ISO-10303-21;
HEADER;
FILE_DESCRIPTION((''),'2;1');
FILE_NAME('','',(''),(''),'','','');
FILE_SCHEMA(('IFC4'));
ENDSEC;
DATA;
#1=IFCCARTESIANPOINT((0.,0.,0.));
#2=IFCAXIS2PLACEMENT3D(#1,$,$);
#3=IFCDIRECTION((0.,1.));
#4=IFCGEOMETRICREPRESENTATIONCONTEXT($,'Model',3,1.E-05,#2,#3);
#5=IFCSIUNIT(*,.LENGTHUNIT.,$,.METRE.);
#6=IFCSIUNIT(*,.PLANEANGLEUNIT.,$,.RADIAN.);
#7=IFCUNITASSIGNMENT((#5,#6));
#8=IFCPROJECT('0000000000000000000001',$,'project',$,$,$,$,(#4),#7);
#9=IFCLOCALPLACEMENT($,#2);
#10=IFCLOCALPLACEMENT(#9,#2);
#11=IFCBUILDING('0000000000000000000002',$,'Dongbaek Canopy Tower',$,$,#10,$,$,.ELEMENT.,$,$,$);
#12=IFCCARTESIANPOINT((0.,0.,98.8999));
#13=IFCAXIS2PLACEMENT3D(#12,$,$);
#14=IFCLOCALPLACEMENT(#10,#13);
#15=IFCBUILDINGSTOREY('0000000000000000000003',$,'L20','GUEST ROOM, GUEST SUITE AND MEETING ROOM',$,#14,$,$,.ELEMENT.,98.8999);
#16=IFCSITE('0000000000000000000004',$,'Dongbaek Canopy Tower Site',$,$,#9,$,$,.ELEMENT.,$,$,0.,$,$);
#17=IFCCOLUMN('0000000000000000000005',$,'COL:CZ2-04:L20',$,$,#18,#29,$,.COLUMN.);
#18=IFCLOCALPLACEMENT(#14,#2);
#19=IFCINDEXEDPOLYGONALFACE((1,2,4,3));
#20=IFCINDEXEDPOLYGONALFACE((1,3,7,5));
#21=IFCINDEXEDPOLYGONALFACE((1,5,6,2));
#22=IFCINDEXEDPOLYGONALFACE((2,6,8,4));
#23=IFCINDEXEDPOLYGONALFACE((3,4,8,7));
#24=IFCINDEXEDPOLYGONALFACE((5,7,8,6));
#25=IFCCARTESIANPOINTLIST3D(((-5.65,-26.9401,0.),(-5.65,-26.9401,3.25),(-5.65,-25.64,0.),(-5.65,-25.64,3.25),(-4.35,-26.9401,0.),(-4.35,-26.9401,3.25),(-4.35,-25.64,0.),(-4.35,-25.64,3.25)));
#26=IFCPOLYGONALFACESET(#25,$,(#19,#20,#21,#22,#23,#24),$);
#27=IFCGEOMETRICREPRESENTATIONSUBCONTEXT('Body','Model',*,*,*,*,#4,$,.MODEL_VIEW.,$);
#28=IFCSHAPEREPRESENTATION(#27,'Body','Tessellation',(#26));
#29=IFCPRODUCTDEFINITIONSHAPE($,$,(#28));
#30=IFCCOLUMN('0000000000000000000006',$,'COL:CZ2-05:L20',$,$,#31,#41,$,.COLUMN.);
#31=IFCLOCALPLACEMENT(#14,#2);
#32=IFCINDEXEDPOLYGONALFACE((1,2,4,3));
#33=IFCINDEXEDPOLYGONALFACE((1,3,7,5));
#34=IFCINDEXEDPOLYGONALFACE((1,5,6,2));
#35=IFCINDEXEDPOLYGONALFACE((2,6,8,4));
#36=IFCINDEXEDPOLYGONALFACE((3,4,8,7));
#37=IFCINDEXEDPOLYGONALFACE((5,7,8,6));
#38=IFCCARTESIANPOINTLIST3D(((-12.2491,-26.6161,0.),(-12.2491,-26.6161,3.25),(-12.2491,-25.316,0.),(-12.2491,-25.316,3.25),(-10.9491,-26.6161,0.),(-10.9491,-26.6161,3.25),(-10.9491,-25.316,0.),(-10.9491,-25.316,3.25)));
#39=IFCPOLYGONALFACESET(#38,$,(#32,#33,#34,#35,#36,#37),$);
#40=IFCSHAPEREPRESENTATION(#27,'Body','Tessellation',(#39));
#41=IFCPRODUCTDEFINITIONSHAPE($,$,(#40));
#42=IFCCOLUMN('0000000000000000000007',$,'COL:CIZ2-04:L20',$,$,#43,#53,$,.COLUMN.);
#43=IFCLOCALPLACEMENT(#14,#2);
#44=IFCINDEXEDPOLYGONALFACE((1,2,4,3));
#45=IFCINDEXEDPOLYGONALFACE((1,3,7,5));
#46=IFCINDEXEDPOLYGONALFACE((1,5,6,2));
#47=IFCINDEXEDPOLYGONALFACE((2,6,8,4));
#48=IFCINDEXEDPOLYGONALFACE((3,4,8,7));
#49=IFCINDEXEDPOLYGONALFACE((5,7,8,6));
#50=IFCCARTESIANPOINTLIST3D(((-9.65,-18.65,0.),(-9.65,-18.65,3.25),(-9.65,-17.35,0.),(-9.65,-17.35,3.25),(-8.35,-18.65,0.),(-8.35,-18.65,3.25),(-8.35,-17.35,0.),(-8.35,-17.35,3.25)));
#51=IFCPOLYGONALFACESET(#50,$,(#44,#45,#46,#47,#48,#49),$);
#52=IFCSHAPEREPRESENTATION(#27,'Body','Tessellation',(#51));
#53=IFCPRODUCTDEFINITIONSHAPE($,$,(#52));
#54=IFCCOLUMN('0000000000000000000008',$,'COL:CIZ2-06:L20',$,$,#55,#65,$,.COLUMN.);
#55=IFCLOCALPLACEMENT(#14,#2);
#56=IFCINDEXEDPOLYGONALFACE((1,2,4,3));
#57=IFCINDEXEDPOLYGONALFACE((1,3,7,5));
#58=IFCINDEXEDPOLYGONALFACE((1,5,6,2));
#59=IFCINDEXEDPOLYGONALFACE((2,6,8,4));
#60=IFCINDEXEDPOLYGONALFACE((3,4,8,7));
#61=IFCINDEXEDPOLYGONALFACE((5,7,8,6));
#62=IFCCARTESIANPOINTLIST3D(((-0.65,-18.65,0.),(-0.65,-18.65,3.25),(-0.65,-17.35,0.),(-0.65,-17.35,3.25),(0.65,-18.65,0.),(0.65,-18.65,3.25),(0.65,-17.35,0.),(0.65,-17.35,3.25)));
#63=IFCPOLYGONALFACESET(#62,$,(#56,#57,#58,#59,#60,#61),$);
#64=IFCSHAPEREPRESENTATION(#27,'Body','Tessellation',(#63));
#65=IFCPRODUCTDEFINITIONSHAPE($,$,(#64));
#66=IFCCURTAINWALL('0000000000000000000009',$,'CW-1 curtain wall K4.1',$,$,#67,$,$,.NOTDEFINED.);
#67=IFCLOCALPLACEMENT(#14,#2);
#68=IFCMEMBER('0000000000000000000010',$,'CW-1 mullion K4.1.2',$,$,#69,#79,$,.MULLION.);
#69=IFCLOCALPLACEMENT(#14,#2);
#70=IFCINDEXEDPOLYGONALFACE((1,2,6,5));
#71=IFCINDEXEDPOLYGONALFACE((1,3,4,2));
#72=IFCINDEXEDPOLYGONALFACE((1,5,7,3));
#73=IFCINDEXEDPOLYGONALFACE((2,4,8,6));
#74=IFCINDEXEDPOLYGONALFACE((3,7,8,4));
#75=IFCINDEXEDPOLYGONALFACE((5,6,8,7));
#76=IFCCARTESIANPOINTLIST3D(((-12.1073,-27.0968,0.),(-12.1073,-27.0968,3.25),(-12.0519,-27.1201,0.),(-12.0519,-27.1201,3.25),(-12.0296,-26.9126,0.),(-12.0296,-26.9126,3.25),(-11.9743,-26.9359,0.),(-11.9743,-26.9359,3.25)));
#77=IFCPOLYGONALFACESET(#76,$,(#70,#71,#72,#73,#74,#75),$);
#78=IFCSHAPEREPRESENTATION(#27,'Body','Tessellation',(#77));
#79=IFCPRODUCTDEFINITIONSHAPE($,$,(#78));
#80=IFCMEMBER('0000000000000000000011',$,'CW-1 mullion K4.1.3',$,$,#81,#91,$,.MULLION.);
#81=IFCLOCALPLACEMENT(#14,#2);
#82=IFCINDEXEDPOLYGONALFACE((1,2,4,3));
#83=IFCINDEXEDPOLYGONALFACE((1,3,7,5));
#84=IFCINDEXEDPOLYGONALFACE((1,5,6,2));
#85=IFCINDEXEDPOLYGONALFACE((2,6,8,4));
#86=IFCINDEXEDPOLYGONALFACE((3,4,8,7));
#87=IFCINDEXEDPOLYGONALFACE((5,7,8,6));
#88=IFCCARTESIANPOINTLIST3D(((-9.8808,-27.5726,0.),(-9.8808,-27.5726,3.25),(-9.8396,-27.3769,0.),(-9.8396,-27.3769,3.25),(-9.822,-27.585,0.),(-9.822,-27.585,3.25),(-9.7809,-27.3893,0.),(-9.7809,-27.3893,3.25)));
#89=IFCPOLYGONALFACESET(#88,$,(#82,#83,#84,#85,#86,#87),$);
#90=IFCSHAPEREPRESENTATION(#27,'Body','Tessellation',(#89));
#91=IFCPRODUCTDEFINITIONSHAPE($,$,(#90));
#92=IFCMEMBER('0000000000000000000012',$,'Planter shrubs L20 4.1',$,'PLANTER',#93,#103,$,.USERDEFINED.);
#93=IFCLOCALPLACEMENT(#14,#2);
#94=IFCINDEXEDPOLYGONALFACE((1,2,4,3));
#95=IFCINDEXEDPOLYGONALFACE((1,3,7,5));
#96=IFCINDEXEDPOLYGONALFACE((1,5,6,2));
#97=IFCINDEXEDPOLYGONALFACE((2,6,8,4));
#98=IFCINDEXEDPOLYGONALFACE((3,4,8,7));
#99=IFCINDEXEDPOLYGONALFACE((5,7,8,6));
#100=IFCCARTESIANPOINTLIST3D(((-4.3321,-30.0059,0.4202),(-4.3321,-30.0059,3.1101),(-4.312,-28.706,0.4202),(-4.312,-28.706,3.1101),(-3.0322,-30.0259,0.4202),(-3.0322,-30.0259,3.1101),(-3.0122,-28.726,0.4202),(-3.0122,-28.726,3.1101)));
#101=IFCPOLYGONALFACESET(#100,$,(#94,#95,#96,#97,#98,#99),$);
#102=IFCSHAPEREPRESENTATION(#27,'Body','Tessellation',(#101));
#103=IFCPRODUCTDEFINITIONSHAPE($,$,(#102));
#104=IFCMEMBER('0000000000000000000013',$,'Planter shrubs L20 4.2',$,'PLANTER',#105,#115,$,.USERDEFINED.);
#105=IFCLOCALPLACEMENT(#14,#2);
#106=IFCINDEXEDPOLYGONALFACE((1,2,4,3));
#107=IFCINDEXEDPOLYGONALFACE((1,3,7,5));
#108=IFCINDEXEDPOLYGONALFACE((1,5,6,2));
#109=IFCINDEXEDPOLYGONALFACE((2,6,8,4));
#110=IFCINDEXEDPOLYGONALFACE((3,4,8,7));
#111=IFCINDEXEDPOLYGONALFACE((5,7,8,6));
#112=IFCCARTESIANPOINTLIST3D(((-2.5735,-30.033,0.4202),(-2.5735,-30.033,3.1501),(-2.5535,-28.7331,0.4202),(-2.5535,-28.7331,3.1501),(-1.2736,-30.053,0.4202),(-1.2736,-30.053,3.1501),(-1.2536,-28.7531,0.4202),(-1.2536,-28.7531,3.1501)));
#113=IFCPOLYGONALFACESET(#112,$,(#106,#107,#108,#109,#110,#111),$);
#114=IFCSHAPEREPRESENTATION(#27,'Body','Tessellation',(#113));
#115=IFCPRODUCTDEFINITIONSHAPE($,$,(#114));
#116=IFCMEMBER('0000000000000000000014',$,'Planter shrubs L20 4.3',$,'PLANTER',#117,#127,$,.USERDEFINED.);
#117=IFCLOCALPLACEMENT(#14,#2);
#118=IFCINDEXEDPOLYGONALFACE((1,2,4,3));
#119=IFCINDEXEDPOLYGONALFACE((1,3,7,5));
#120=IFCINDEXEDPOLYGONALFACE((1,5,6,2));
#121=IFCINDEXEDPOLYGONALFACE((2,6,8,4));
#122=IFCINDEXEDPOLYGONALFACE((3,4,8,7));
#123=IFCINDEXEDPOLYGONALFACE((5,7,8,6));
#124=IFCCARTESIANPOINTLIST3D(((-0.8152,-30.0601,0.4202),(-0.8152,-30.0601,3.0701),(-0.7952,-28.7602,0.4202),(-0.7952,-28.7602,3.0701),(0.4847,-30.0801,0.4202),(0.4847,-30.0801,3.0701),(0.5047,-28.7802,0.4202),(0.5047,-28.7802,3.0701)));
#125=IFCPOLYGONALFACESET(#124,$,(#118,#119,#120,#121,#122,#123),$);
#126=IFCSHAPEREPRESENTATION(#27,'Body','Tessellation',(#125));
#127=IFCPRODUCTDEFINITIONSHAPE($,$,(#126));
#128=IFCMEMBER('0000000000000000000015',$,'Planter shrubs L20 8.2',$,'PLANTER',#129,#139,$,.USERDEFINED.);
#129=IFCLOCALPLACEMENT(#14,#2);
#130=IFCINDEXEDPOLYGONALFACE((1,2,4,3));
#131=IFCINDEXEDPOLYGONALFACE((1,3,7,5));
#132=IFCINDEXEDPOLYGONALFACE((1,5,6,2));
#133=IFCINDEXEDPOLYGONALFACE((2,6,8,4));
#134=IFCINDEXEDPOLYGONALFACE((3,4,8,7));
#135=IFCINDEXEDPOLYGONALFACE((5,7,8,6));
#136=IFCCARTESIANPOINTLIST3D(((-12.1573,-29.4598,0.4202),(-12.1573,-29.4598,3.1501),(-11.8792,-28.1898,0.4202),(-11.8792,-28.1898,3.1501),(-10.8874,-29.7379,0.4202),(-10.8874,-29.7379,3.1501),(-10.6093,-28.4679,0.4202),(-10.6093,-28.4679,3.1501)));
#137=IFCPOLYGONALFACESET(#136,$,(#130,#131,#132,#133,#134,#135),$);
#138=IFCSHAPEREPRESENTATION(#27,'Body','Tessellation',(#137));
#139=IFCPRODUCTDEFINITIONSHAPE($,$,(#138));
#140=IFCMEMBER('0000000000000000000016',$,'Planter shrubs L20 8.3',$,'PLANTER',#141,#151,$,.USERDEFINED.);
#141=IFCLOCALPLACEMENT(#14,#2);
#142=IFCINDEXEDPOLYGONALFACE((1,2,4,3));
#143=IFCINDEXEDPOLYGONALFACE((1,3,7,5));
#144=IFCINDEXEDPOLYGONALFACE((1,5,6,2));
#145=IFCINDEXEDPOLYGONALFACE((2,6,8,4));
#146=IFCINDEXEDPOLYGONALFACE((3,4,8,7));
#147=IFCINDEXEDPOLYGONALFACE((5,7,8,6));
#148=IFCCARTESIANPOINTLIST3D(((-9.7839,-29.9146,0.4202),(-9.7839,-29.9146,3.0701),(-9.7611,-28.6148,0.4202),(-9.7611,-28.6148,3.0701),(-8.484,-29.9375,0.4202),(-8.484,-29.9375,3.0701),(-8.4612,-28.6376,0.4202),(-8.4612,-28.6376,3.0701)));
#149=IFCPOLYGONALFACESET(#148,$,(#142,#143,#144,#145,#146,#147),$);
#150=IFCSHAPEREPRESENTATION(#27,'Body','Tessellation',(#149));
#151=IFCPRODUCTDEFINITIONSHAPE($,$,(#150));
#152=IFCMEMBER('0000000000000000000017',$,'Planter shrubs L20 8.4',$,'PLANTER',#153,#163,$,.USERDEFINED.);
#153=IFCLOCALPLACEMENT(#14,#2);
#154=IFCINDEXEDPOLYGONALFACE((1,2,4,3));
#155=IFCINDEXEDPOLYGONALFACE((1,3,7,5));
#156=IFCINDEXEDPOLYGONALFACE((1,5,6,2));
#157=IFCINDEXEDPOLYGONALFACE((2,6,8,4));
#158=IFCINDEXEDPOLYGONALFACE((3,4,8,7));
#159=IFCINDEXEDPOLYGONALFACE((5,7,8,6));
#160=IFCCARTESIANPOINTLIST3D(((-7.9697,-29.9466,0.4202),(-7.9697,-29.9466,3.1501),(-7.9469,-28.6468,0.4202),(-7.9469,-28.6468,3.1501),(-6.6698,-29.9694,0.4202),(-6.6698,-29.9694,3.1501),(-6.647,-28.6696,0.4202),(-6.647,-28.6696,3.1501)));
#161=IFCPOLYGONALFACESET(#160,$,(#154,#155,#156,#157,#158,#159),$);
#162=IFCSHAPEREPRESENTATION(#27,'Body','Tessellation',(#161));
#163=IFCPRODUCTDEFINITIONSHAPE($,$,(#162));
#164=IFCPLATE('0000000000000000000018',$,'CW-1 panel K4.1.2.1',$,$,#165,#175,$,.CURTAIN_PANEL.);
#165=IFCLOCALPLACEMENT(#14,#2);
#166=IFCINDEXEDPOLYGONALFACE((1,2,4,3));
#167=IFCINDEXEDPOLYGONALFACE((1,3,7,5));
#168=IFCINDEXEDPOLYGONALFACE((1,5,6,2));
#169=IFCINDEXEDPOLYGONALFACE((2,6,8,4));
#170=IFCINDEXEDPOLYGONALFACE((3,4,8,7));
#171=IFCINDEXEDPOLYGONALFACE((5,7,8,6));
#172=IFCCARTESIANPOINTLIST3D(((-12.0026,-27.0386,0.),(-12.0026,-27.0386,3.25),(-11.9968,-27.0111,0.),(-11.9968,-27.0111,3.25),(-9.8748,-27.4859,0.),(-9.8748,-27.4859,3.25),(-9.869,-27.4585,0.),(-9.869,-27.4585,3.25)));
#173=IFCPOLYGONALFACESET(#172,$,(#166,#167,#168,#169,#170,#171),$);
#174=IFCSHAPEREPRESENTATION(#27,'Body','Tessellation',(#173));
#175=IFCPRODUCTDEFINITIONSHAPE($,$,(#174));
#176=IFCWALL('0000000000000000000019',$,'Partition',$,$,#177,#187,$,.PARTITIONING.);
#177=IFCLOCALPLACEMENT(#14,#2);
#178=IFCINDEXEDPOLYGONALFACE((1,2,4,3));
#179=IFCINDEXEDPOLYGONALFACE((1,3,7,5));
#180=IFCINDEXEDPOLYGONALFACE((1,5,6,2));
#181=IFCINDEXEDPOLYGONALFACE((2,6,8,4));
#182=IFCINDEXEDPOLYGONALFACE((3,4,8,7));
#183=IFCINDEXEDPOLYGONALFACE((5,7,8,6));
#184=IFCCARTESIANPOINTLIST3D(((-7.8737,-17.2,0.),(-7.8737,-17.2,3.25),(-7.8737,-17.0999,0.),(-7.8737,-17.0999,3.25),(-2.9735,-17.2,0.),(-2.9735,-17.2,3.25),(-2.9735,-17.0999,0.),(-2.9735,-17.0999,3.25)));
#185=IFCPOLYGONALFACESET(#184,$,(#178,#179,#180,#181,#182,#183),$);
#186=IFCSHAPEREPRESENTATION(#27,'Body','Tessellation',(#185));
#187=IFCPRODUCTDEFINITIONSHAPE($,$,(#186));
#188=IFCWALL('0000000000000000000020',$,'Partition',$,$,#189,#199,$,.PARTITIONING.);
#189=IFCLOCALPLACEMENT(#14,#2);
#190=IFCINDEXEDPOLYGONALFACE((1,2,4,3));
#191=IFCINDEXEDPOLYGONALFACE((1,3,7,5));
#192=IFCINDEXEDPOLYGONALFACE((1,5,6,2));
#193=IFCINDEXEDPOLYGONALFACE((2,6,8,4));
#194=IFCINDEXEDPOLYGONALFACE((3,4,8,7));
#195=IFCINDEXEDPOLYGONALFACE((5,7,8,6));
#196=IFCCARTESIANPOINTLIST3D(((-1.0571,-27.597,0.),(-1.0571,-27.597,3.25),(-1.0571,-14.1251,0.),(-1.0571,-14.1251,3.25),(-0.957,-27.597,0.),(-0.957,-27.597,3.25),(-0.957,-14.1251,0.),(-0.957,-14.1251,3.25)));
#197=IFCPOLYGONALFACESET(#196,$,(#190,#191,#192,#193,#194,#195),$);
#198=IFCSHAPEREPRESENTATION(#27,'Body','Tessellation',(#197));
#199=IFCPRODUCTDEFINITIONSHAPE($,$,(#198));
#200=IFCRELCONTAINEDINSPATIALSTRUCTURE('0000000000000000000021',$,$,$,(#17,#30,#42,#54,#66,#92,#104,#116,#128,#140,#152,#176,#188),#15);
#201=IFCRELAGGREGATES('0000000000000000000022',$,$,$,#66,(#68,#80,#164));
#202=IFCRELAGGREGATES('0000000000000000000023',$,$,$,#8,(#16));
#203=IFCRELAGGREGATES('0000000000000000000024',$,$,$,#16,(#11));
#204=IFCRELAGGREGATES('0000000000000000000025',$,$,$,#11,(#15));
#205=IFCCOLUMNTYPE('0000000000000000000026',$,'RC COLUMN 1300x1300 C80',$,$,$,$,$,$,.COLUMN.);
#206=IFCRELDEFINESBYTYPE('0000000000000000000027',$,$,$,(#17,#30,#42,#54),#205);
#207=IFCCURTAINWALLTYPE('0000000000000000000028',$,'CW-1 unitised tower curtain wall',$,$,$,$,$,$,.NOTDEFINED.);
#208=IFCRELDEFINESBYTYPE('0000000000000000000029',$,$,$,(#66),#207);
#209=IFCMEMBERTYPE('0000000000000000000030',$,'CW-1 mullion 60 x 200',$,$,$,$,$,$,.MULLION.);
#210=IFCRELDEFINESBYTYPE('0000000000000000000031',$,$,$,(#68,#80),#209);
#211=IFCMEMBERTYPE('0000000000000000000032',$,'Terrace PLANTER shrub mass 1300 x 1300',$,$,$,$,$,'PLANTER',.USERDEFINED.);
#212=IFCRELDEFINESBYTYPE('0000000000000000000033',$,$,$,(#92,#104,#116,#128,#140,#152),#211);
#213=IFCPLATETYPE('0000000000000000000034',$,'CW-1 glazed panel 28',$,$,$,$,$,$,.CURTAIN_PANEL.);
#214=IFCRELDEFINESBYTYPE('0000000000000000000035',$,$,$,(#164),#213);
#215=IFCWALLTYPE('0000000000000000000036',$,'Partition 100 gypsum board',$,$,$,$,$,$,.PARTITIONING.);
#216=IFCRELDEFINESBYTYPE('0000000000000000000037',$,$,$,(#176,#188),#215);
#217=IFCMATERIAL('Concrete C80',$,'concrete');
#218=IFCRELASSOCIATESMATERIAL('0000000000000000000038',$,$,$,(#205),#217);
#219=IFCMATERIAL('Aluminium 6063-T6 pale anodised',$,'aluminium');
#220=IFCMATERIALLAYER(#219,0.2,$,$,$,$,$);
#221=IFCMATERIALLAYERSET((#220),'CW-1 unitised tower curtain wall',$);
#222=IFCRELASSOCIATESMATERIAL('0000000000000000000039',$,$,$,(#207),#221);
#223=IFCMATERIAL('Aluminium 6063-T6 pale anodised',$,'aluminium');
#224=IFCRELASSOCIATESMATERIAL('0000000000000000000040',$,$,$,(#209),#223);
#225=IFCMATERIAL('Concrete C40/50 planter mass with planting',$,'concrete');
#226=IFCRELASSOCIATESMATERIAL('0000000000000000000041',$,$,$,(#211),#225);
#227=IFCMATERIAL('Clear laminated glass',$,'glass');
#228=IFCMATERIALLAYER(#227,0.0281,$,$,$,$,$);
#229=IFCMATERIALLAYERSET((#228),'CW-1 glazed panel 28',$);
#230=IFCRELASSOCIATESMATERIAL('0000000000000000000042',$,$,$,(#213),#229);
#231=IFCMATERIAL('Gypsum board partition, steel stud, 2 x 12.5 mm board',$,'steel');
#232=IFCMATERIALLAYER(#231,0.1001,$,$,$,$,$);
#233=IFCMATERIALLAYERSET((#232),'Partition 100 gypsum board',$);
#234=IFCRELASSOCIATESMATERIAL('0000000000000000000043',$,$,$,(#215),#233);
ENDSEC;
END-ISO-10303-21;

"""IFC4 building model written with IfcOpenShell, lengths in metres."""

from ifc_helpers import new_model, si_unit, direction, frame, frame_2d, origin, origin_2d, place, context, subcontext, project, spatial, rectangle, extrude, material, layer, layer_set, material_profile, profile_set, type_object, element, aggregate, save


model = new_model("IFC4")

# Units and contexts
model_context = context("Model", 3, precision=1e-05, world=origin(), true_north=direction((0.0, 1.0)))
body_context = subcontext(model_context, "Body", "Model", "MODEL_VIEW")
ifc_project = project(units=[si_unit("LENGTHUNIT", "METRE"), si_unit("PLANEANGLEUNIT", "RADIAN")], contexts=[model_context])

# Site, building, storey
site_placement = place(None, origin())
site = spatial("IfcSite", under=ifc_project, at=site_placement, Name="Dongbaek Canopy Tower Site", CompositionType="ELEMENT", RefElevation=0.0)
building_placement = place(site_placement, origin())
building = spatial("IfcBuilding", under=site, at=building_placement, Name="Dongbaek Canopy Tower", CompositionType="ELEMENT")
storey_placement = place(building_placement, frame((0.0, 0.0, 98.8999)))
storey = spatial("IfcBuildingStorey", under=building, at=storey_placement, Name="L20", Description="GUEST ROOM, GUEST SUITE AND MEETING ROOM", CompositionType="ELEMENT", Elevation=98.8999)

# Columns
ifc_material_1 = material(Name="Concrete C80", Category="concrete")
ifc_material_profile_1 = material_profile(ifc_material_1, rectangle(XDim=1.3, YDim=1.3, at=origin_2d()), Name="RC COLUMN 1300x1300 C80")
ifc_profile_set_1 = profile_set([ifc_material_profile_1], Name="Concrete C80")
column_type = type_object("IfcColumnType", Name="RC COLUMN 1300x1300 C80", PredefinedType="COLUMN", material=ifc_profile_set_1)
for number, where, z_axis, x_axis, name in (
    (1, (-5.0, -26.29, 0.0), (0.0, 0.0, 1.0), (1.0, 0.0, 0.0), "COL:CZ2-04:L20"),
    (2, (-11.5991, -25.9661, 0.0), (0.0, 0.0, 1.0), (1.0, 0.0, 0.0), "COL:CZ2-05:L20"),
    (3, (-9.0, -18.0, 0.0), (0.0, 0.0, 1.0), (1.0, 0.0, 0.0), "COL:CIZ2-04:L20"),
    (4, (0.0, -18.0, 0.0), (0.0, 0.0, 1.0), (1.0, 0.0, 0.0), "COL:CIZ2-06:L20"),
):
    element("IfcColumn", number, at=place(storey_placement, frame(where, z_axis=z_axis, x_axis=x_axis)), inside=storey, type_object=column_type, Name=name, PredefinedType="COLUMN", context=body_context, shape_type="SweptSolid", body=[
        extrude(rectangle(XDim=1.3, YDim=1.3, at=origin_2d()), origin(), (0.0, 0.0, 1.0), 3.25),
    ])

# Curtain wall, members
ifc_material_2 = material(Name="Aluminium 6063-T6 pale anodised", Category="aluminium")
ifc_layer_1 = layer(ifc_material_2, 0.2)
ifc_layer_set_1 = layer_set([ifc_layer_1], Name="CW-1 unitised tower curtain wall")
curtain_wall_type = type_object("IfcCurtainWallType", Name="CW-1 unitised tower curtain wall", PredefinedType="NOTDEFINED", material=ifc_layer_set_1)
curtain_wall_placement = place(storey_placement, origin())
curtain_wall = element("IfcCurtainWall", 5, at=curtain_wall_placement, inside=storey, type_object=curtain_wall_type, Name="CW-1 curtain wall K4.1", PredefinedType="NOTDEFINED")
ifc_material_3 = material(Name="Aluminium 6063-T6 pale anodised", Category="aluminium")
ifc_material_profile_2 = material_profile(ifc_material_3, rectangle(XDim=0.2, YDim=0.0601, at=origin_2d()), Name="CW-1 mullion 60 x 200")
ifc_profile_set_2 = profile_set([ifc_material_profile_2], Name="Aluminium 6063-T6 pale anodised")
member_type_1 = type_object("IfcMemberType", Name="CW-1 mullion 60 x 200", PredefinedType="MULLION", material=ifc_profile_set_2)
member_1_placement = place(storey_placement, frame((-12.0408, -27.0164, 0.0), z_axis=(0.0, 0.0, 1.0), x_axis=(-0.38849, -0.921453, 0.0)))
member_1 = element("IfcMember", 6, at=member_1_placement, type_object=member_type_1, Name="CW-1 mullion K4.1.2", PredefinedType="MULLION", context=body_context, shape_type="SweptSolid", body=[
    extrude(rectangle(XDim=0.2, YDim=0.0601, at=origin_2d()), origin(), (0.0, 0.0, 1.0), 3.25),
])
member_2_placement = place(storey_placement, frame((-9.8308, -27.481, 0.0), z_axis=(0.0, 0.0, 1.0), x_axis=(-0.205723, -0.97861, 0.0)))
member_2 = element("IfcMember", 7, at=member_2_placement, type_object=member_type_1, Name="CW-1 mullion K4.1.3", PredefinedType="MULLION", context=body_context, shape_type="SweptSolid", body=[
    extrude(rectangle(XDim=0.2, YDim=0.0601, at=origin_2d()), origin(), (0.0, 0.0, 1.0), 3.25),
])

# Members
ifc_material_4 = material(Name="Concrete C40/50 planter mass with planting", Category="concrete")
ifc_material_profile_3 = material_profile(ifc_material_4, rectangle(XDim=1.3, YDim=1.3, at=origin_2d()), Name="Terrace PLANTER shrub mass 1300 x 1300")
ifc_profile_set_3 = profile_set([ifc_material_profile_3], Name="Concrete C40/50 planter mass with planting")
member_type_2 = type_object("IfcMemberType", Name="Terrace PLANTER shrub mass 1300 x 1300", ElementType="PLANTER", PredefinedType="USERDEFINED", material=ifc_profile_set_3)
member_3_placement = place(storey_placement, frame((-3.6721, -29.366, 0.4202), z_axis=(0.0, 0.0, 1.0), x_axis=(-0.015413, -0.999881, 0.0)))
element("IfcMember", 8, at=member_3_placement, inside=storey, type_object=member_type_2, Name="Planter shrubs L20 4.1", ObjectType="PLANTER", PredefinedType="USERDEFINED", context=body_context, shape_type="SweptSolid", body=[
    extrude(rectangle(XDim=1.3, YDim=1.3, at=origin_2d()), origin(), (0.0, 0.0, 1.0), 2.6899),
])
member_4_placement = place(storey_placement, frame((-1.9136, -29.3931, 0.4202), z_axis=(0.0, 0.0, 1.0), x_axis=(-0.015413, -0.999881, 0.0)))
element("IfcMember", 9, at=member_4_placement, inside=storey, type_object=member_type_2, Name="Planter shrubs L20 4.2", ObjectType="PLANTER", PredefinedType="USERDEFINED", context=body_context, shape_type="SweptSolid", body=[
    extrude(rectangle(XDim=1.3, YDim=1.3, at=origin_2d()), origin(), (0.0, 0.0, 1.0), 2.73),
])
member_5_placement = place(storey_placement, frame((-0.1553, -29.4202, 0.4202), z_axis=(0.0, 0.0, 1.0), x_axis=(-0.015413, -0.999881, 0.0)))
element("IfcMember", 10, at=member_5_placement, inside=storey, type_object=member_type_2, Name="Planter shrubs L20 4.3", ObjectType="PLANTER", PredefinedType="USERDEFINED", context=body_context, shape_type="SweptSolid", body=[
    extrude(rectangle(XDim=1.3, YDim=1.3, at=origin_2d()), origin(), (0.0, 0.0, 1.0), 2.6499),
])
member_6_placement = place(storey_placement, frame((-11.3833, -28.9639, 0.4202), z_axis=(0.0, 0.0, 1.0), x_axis=(-0.213916, -0.976852, 0.0)))
element("IfcMember", 11, at=member_6_placement, inside=storey, type_object=member_type_2, Name="Planter shrubs L20 8.2", ObjectType="PLANTER", PredefinedType="USERDEFINED", context=body_context, shape_type="SweptSolid", body=[
    extrude(rectangle(XDim=1.3, YDim=1.3, at=origin_2d()), origin(), (0.0, 0.0, 1.0), 2.73),
])
member_7_placement = place(storey_placement, frame((-9.1226, -29.2761, 0.4202), z_axis=(0.0, 0.0, 1.0), x_axis=(-0.017552, -0.999846, 0.0)))
element("IfcMember", 12, at=member_7_placement, inside=storey, type_object=member_type_2, Name="Planter shrubs L20 8.3", ObjectType="PLANTER", PredefinedType="USERDEFINED", context=body_context, shape_type="SweptSolid", body=[
    extrude(rectangle(XDim=1.3, YDim=1.3, at=origin_2d()), origin(), (0.0, 0.0, 1.0), 2.6499),
])
member_8_placement = place(storey_placement, frame((-7.3083, -29.3081, 0.4202), z_axis=(0.0, 0.0, 1.0), x_axis=(-0.017552, -0.999846, 0.0)))
element("IfcMember", 13, at=member_8_placement, inside=storey, type_object=member_type_2, Name="Planter shrubs L20 8.4", ObjectType="PLANTER", PredefinedType="USERDEFINED", context=body_context, shape_type="SweptSolid", body=[
    extrude(rectangle(XDim=1.3, YDim=1.3, at=origin_2d()), origin(), (0.0, 0.0, 1.0), 2.73),
])

# Plate
ifc_material_5 = material(Name="Clear laminated glass", Category="glass")
ifc_layer_2 = layer(ifc_material_5, 0.0281)
ifc_layer_set_2 = layer_set([ifc_layer_2], Name="CW-1 glazed panel 28")
plate_type = type_object("IfcPlateType", Name="CW-1 glazed panel 28", PredefinedType="CURTAIN_PANEL", material=ifc_layer_set_2)
plate_placement = place(storey_placement, frame((-10.9358, -27.2485, 0.0), z_axis=(0.0, 0.0, 1.0), x_axis=(0.97861, -0.205723, 0.0)))
plate = element("IfcPlate", 14, at=plate_placement, type_object=plate_type, Name="CW-1 panel K4.1.2.1", PredefinedType="CURTAIN_PANEL", context=body_context, shape_type="SweptSolid", body=[
    extrude(rectangle(XDim=2.1743, YDim=0.0281, at=origin_2d()), origin(), (0.0, 0.0, 1.0), 3.25),
])
aggregate(curtain_wall, [member_1, member_2, plate])

# Walls
ifc_material_6 = material(Name="Gypsum board partition, steel stud, 2 x 12.5 mm board", Category="steel")
ifc_layer_3 = layer(ifc_material_6, 0.1001)
ifc_layer_set_3 = layer_set([ifc_layer_3], Name="Partition 100 gypsum board")
wall_type_1 = type_object("IfcWallType", Name="Partition 100 gypsum board", PredefinedType="PARTITIONING", material=ifc_layer_set_3)
wall_1_placement = place(storey_placement, frame((-7.8738, -17.1499, 0.0), z_axis=(0.0, 0.0, 1.0), x_axis=(1.0, 0.0, 0.0)))
element("IfcWall", 15, at=wall_1_placement, inside=storey, type_object=wall_type_1, Name="Partition", PredefinedType="PARTITIONING", context=body_context, shape_type="SweptSolid", body=[
    extrude(rectangle(XDim=4.9001, YDim=0.1001, at=frame_2d((2.4502, 0.0))), origin(), (0.0, 0.0, 1.0), 3.25),
])
wall_2_placement = place(storey_placement, frame((-1.0071, -27.5969, 0.0), z_axis=(0.0, 0.0, 1.0), x_axis=(0.0, 1.0, 0.0)))
element("IfcWall", 16, at=wall_2_placement, inside=storey, type_object=wall_type_1, Name="Partition", PredefinedType="PARTITIONING", context=body_context, shape_type="SweptSolid", body=[
    extrude(rectangle(XDim=13.4719, YDim=0.1001, at=frame_2d((6.7358, 0.0))), origin(), (0.0, 0.0, 1.0), 3.25),
])

save(model, "model.ifc")
